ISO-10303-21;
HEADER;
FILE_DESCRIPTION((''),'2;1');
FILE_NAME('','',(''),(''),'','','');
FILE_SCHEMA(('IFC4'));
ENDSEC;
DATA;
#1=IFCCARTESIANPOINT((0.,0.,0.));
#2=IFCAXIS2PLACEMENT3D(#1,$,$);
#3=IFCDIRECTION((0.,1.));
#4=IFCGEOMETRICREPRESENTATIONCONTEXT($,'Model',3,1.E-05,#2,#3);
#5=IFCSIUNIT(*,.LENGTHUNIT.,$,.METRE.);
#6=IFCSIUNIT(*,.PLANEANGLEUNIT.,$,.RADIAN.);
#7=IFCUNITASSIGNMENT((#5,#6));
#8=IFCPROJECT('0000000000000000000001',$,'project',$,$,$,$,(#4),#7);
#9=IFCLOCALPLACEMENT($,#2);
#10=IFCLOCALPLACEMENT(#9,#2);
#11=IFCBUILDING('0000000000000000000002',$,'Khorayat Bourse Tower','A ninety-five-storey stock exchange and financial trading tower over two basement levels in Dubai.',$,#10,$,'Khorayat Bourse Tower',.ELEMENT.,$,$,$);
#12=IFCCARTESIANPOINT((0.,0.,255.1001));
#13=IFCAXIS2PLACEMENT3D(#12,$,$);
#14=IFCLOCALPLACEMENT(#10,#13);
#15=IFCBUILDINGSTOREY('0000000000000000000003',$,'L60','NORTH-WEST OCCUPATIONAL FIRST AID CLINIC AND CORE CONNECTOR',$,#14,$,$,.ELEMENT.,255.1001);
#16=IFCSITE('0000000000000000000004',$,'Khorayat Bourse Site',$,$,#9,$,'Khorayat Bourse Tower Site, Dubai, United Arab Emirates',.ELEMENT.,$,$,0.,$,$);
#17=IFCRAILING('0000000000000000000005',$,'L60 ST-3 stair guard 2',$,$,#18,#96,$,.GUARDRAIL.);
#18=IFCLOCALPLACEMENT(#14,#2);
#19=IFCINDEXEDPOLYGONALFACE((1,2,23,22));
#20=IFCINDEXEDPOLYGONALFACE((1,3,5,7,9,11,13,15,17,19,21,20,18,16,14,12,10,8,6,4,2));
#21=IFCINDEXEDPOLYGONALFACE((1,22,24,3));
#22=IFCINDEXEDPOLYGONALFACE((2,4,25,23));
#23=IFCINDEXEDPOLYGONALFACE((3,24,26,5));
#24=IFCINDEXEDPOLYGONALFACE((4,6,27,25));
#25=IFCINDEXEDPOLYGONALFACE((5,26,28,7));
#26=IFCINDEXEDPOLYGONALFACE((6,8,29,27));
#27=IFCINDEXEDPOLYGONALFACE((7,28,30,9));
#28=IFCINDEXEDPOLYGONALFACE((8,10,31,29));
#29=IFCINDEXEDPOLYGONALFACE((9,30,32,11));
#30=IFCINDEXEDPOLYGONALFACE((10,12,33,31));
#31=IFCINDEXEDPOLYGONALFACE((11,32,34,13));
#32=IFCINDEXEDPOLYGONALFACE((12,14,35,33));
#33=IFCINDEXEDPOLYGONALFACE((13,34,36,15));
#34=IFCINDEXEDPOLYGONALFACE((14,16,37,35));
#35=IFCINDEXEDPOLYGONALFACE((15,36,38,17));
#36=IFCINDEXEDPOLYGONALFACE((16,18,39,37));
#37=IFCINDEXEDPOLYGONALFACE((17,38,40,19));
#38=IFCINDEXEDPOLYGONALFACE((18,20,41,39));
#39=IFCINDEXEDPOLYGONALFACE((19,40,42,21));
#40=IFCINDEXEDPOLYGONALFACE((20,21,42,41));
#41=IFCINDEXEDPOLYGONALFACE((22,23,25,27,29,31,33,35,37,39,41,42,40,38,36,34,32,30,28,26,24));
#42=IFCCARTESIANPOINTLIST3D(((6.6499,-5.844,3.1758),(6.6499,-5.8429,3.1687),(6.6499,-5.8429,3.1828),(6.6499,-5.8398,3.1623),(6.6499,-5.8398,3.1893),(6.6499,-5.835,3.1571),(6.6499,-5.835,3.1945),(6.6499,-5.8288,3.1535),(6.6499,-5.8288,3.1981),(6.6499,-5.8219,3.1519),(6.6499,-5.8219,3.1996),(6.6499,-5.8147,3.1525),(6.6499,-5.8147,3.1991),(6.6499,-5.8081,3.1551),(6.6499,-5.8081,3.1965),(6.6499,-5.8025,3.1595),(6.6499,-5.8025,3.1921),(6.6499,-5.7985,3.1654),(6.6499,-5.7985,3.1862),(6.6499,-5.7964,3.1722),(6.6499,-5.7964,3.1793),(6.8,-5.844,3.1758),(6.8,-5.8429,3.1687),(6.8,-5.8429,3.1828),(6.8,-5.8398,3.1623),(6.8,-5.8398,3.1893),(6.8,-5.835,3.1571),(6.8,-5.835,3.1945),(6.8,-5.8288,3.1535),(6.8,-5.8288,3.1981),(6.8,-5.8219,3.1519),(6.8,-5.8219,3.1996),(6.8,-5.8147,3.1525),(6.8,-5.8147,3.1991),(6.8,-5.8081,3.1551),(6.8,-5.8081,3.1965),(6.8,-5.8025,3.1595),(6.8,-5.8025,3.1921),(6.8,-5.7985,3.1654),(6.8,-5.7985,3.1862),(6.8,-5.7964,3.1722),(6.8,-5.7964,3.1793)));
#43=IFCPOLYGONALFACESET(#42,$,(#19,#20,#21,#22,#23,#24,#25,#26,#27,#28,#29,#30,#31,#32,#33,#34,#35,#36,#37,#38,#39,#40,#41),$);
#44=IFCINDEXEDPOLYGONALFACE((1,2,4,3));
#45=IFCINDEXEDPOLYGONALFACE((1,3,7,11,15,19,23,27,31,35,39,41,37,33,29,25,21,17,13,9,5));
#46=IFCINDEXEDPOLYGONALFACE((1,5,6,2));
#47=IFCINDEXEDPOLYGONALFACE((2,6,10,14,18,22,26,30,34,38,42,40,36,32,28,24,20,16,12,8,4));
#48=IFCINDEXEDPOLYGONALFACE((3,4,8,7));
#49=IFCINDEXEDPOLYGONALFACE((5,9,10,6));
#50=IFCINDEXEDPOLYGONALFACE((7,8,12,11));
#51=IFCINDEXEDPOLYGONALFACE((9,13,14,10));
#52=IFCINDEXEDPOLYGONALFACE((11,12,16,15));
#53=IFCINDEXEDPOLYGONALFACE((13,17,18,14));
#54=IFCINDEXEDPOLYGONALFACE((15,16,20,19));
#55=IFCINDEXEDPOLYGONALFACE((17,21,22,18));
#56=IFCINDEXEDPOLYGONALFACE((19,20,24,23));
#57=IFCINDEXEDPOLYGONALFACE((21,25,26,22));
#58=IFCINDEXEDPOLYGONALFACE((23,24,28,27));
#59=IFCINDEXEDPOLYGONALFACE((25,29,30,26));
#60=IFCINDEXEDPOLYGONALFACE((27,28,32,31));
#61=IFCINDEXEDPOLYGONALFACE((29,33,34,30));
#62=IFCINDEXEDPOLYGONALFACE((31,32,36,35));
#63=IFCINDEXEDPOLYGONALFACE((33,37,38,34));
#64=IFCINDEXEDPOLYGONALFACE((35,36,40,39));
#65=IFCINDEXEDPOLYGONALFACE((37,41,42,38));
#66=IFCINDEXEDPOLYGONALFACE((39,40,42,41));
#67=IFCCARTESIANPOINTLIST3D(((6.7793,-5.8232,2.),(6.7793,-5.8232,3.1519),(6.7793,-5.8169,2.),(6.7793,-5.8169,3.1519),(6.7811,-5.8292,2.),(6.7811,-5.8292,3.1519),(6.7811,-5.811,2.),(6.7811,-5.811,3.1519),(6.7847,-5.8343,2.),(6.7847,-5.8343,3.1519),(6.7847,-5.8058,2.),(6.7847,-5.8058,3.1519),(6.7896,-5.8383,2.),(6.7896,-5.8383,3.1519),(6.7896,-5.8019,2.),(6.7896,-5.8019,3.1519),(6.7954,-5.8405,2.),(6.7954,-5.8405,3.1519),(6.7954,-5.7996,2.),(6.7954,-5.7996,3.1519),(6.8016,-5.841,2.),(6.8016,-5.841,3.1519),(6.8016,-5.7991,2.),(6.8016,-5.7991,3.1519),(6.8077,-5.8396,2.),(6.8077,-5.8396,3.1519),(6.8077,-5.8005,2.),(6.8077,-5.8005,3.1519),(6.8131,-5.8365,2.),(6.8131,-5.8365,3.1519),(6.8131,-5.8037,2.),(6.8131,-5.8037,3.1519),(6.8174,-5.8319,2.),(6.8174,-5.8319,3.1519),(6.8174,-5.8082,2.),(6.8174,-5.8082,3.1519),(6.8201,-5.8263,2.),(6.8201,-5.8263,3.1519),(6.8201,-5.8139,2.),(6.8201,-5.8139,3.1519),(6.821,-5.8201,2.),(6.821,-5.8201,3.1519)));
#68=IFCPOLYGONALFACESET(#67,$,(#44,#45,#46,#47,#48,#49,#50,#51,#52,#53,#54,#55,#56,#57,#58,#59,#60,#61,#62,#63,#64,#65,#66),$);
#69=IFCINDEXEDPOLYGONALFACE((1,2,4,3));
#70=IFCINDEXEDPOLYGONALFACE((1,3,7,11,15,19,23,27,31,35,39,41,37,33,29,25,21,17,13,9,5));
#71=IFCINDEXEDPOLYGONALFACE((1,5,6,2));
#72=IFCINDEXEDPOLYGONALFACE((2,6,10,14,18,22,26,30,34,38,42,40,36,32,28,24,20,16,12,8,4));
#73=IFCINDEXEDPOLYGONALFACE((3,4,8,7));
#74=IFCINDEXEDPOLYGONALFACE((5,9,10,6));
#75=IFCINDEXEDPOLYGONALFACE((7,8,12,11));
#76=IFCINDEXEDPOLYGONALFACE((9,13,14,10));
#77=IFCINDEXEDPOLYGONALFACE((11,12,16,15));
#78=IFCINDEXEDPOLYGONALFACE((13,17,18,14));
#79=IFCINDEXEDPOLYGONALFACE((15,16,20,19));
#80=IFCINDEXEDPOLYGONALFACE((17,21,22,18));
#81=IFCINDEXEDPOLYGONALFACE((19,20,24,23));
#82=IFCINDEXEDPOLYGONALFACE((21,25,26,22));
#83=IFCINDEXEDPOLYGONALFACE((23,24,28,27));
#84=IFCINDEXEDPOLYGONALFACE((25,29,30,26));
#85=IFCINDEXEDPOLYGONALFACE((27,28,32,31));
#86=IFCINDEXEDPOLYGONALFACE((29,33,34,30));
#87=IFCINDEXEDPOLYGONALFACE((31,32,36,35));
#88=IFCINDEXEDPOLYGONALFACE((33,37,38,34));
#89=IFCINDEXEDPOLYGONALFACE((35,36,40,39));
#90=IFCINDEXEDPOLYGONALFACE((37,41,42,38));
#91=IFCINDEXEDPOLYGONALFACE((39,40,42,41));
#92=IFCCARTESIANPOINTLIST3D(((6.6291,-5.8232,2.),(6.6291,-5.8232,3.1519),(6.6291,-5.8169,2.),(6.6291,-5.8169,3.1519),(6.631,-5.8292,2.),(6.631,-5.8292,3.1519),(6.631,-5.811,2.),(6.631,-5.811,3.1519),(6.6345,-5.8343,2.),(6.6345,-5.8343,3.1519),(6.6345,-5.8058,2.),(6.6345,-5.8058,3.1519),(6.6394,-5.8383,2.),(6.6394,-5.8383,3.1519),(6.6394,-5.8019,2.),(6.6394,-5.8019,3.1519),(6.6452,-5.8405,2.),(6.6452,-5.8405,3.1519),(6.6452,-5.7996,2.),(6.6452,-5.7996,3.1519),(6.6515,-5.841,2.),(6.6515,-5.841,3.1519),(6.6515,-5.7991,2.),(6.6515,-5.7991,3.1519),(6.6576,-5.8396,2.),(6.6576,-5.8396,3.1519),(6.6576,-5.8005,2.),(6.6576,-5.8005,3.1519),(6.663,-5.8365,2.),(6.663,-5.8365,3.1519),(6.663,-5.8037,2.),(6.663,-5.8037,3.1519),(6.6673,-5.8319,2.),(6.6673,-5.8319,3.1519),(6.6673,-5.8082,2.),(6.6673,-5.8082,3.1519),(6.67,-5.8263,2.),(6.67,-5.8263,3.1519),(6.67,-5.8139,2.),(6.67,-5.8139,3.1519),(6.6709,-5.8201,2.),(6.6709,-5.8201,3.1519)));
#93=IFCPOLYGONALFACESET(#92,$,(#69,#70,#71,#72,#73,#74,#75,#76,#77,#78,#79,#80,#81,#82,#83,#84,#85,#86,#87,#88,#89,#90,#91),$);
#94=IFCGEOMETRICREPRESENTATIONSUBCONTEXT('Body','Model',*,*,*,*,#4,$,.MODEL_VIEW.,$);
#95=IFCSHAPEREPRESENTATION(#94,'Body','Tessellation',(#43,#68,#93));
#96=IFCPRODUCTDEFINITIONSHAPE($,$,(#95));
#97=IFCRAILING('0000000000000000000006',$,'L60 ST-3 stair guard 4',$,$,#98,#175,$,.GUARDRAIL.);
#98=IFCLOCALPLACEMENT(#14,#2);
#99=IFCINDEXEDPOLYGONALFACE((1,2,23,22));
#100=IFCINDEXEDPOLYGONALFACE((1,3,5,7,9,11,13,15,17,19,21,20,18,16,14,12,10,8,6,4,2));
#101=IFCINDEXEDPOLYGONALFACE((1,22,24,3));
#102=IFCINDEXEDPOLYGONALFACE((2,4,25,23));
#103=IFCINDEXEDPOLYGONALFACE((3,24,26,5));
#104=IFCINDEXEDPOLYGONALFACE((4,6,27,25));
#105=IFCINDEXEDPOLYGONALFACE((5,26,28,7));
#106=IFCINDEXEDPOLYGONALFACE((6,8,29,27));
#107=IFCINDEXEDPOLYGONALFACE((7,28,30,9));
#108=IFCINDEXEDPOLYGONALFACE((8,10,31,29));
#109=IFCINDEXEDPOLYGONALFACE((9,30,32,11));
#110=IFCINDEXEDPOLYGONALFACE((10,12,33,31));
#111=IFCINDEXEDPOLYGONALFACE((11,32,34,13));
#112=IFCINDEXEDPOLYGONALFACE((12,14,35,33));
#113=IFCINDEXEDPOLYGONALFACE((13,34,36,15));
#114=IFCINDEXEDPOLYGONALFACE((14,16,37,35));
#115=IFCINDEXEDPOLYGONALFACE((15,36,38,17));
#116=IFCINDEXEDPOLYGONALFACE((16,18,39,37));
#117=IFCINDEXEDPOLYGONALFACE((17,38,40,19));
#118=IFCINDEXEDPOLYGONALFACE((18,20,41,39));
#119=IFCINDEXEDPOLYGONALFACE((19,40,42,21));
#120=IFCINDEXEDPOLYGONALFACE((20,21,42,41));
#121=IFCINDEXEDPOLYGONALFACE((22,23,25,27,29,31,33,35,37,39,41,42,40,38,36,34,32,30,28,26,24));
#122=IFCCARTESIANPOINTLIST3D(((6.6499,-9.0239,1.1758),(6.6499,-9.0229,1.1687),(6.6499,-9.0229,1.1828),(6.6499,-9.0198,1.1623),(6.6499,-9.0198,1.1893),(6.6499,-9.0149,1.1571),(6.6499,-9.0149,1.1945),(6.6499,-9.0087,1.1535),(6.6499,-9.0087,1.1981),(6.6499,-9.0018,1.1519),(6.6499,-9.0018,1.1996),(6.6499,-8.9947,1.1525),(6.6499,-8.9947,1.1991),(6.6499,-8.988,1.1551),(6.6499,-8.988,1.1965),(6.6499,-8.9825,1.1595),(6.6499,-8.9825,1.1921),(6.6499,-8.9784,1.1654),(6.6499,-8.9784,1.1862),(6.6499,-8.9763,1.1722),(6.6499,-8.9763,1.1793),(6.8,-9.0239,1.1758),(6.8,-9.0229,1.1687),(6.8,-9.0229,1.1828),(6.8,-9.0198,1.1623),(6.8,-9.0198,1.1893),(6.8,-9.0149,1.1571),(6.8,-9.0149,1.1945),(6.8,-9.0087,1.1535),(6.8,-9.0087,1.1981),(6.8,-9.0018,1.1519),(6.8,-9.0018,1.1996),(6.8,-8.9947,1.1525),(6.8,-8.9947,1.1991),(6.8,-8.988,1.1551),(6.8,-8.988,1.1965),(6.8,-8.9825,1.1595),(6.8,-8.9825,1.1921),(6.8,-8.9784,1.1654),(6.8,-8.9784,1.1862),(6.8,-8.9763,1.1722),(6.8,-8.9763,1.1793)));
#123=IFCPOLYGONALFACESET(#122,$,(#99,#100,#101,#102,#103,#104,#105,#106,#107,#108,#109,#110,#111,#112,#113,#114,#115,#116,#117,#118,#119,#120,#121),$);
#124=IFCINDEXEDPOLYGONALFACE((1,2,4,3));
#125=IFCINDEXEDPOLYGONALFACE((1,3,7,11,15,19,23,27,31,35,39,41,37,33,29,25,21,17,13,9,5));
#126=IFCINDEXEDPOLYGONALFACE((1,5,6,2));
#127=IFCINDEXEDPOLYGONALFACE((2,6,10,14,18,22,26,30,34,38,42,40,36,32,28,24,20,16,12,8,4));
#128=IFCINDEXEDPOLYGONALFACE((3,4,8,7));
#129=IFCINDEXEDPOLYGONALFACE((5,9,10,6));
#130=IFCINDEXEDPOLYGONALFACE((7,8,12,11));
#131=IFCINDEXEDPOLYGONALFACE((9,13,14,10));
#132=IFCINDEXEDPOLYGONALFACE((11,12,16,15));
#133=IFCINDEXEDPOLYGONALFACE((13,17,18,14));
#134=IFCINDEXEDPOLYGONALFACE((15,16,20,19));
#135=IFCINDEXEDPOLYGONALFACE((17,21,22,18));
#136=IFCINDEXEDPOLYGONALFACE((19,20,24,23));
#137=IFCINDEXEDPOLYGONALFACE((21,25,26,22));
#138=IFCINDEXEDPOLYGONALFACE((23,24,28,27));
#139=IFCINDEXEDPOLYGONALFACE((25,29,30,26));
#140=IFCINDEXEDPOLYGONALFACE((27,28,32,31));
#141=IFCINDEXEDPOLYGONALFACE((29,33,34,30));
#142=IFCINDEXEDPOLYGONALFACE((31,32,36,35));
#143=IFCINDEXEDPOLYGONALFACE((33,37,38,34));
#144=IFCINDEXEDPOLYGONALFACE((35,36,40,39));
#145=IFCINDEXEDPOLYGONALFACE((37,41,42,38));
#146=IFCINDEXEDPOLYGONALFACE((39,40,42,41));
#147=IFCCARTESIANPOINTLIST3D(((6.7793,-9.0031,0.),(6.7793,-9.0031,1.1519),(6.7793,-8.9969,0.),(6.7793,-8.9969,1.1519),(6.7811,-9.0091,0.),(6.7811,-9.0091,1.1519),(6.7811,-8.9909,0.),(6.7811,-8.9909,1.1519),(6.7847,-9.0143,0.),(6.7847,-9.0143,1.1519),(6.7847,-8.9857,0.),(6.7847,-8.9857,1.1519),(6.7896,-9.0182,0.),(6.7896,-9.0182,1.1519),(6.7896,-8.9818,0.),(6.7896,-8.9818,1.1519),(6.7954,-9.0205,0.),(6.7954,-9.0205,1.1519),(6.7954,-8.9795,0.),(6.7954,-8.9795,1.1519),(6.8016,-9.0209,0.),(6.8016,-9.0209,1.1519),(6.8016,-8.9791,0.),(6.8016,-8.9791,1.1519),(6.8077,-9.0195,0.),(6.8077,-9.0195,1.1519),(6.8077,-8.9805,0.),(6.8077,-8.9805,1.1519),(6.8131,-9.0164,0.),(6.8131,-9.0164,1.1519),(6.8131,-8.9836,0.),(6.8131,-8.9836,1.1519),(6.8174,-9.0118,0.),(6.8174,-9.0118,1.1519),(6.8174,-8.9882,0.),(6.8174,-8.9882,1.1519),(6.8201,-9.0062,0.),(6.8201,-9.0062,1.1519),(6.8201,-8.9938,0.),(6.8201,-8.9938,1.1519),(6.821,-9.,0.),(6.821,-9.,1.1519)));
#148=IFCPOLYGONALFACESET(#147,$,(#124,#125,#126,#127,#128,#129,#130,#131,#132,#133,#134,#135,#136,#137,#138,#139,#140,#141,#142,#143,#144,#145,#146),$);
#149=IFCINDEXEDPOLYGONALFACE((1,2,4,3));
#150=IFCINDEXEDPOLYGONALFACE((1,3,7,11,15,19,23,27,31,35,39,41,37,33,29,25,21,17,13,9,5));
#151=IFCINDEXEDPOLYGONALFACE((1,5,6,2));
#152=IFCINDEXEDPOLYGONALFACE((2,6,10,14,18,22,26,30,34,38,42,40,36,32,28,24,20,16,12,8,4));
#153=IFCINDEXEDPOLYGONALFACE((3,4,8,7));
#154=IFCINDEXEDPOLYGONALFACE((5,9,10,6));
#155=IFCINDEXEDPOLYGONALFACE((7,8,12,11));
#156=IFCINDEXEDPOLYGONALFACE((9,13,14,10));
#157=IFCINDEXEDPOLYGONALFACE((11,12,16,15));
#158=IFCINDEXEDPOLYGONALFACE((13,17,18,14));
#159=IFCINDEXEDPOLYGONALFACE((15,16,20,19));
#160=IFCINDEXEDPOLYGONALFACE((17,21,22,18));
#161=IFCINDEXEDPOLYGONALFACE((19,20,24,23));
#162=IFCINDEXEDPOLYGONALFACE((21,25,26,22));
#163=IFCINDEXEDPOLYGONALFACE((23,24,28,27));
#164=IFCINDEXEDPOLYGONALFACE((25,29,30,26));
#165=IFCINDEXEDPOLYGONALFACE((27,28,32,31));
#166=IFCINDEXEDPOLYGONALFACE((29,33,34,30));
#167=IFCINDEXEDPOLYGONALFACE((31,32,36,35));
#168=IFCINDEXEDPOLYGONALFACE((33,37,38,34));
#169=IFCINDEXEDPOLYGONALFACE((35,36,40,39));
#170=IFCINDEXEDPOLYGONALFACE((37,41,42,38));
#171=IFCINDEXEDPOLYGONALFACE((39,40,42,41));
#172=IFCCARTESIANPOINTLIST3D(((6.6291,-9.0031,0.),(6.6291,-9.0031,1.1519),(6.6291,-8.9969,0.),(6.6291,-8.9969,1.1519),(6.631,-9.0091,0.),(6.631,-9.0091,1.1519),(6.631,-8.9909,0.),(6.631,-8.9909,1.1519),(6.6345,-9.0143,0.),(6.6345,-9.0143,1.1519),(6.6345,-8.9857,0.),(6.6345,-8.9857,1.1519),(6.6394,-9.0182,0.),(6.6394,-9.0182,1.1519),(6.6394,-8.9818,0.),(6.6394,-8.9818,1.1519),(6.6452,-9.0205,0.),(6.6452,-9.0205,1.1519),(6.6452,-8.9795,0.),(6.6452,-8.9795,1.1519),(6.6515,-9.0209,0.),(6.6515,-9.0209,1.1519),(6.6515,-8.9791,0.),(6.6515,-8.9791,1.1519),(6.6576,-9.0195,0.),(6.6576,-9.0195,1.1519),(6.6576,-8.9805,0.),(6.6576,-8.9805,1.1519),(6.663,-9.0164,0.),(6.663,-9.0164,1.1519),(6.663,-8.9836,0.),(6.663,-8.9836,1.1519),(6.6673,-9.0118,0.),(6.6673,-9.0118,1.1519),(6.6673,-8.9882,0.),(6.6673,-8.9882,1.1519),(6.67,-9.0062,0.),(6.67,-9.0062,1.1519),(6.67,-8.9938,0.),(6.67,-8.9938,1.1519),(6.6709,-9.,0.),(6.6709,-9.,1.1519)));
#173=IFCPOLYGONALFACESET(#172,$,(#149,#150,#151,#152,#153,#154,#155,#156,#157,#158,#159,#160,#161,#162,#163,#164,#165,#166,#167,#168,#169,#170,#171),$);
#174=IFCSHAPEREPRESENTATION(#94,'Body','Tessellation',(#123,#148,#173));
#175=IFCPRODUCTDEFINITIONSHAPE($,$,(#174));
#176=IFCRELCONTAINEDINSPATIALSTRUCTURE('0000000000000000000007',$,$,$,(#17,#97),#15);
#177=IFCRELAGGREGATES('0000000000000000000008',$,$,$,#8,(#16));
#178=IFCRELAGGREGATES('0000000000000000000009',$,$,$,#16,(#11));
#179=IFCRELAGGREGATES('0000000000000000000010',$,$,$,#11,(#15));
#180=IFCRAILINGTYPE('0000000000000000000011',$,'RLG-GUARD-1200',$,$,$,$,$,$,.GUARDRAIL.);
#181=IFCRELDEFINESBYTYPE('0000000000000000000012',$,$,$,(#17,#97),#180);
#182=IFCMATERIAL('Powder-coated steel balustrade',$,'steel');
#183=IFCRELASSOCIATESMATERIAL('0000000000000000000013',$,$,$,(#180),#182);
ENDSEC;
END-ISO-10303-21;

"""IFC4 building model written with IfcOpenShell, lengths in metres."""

from ifc_helpers import new_model, si_unit, direction, frame, origin, origin_2d, place, context, subcontext, project, spatial, circle, extrude, source, transform, mapped, material, type_object, element, save


model = new_model("IFC4")

# Units and contexts
model_context = context("Model", 3, precision=1e-05, world=origin(), true_north=direction((0.0, 1.0)))
body_context = subcontext(model_context, "Body", "Model", "MODEL_VIEW")
ifc_project = project(units=[si_unit("LENGTHUNIT", "METRE"), si_unit("PLANEANGLEUNIT", "RADIAN")], contexts=[model_context])

# Site, building, storey
site_placement = place(None, origin())
site = spatial("IfcSite", under=ifc_project, at=site_placement, Name="Khorayat Bourse Site", LongName="Khorayat Bourse Tower Site, Dubai, United Arab Emirates", CompositionType="ELEMENT", RefElevation=0.0)
building_placement = place(site_placement, origin())
building = spatial("IfcBuilding", under=site, at=building_placement, Name="Khorayat Bourse Tower", Description="A ninety-five-storey stock exchange and financial trading tower over two basement levels in Dubai.", LongName="Khorayat Bourse Tower", CompositionType="ELEMENT")
storey_placement = place(building_placement, frame((0.0, 0.0, 255.1001)))
storey = spatial("IfcBuildingStorey", under=building, at=storey_placement, Name="L60", Description="NORTH-WEST OCCUPATIONAL FIRST AID CLINIC AND CORE CONNECTOR", CompositionType="ELEMENT", Elevation=255.1001)

# Railings
ifc_material_1 = material(Name="Powder-coated steel balustrade", Category="steel")
railing_type_1 = type_object("IfcRailingType", Name="RLG-GUARD-1200", PredefinedType="GUARDRAIL", material=ifc_material_1)
shared_shape_1 = source(origin(), body_context, "Body", "SweptSolid", [
    extrude(circle(Radius=0.0239, at=origin_2d()), frame((0.0, 0.0, 1.1758), z_axis=(-1.0, 0.0, 0.0), x_axis=(0.0, -1.0, 0.0)), (0.0, 0.0, 1.0), 0.1501),
    extrude(circle(Radius=0.021, at=origin_2d()), origin(), (0.0, 0.0, 1.0), 1.1519),
    extrude(circle(Radius=0.021, at=origin_2d()), frame((-0.1501, 0.0, 0.0)), (0.0, 0.0, 1.0), 1.1519),
])
for number, where, name in (
    (1, (6.8, -5.8201, 2.0), "L60 ST-3 stair guard 2"),
    (2, (6.8, -9.0, 0.0), "L60 ST-3 stair guard 4"),
):
    element("IfcRailing", number, at=place(storey_placement, frame(where)), inside=storey, type_object=railing_type_1, Name=name, PredefinedType="GUARDRAIL", context=body_context, shape_type="MappedRepresentation", body=[
        mapped(shared_shape_1, transform((0.0, 0.0, 0.0), scale=1.0)),
    ])

save(model, "model.ifc")
